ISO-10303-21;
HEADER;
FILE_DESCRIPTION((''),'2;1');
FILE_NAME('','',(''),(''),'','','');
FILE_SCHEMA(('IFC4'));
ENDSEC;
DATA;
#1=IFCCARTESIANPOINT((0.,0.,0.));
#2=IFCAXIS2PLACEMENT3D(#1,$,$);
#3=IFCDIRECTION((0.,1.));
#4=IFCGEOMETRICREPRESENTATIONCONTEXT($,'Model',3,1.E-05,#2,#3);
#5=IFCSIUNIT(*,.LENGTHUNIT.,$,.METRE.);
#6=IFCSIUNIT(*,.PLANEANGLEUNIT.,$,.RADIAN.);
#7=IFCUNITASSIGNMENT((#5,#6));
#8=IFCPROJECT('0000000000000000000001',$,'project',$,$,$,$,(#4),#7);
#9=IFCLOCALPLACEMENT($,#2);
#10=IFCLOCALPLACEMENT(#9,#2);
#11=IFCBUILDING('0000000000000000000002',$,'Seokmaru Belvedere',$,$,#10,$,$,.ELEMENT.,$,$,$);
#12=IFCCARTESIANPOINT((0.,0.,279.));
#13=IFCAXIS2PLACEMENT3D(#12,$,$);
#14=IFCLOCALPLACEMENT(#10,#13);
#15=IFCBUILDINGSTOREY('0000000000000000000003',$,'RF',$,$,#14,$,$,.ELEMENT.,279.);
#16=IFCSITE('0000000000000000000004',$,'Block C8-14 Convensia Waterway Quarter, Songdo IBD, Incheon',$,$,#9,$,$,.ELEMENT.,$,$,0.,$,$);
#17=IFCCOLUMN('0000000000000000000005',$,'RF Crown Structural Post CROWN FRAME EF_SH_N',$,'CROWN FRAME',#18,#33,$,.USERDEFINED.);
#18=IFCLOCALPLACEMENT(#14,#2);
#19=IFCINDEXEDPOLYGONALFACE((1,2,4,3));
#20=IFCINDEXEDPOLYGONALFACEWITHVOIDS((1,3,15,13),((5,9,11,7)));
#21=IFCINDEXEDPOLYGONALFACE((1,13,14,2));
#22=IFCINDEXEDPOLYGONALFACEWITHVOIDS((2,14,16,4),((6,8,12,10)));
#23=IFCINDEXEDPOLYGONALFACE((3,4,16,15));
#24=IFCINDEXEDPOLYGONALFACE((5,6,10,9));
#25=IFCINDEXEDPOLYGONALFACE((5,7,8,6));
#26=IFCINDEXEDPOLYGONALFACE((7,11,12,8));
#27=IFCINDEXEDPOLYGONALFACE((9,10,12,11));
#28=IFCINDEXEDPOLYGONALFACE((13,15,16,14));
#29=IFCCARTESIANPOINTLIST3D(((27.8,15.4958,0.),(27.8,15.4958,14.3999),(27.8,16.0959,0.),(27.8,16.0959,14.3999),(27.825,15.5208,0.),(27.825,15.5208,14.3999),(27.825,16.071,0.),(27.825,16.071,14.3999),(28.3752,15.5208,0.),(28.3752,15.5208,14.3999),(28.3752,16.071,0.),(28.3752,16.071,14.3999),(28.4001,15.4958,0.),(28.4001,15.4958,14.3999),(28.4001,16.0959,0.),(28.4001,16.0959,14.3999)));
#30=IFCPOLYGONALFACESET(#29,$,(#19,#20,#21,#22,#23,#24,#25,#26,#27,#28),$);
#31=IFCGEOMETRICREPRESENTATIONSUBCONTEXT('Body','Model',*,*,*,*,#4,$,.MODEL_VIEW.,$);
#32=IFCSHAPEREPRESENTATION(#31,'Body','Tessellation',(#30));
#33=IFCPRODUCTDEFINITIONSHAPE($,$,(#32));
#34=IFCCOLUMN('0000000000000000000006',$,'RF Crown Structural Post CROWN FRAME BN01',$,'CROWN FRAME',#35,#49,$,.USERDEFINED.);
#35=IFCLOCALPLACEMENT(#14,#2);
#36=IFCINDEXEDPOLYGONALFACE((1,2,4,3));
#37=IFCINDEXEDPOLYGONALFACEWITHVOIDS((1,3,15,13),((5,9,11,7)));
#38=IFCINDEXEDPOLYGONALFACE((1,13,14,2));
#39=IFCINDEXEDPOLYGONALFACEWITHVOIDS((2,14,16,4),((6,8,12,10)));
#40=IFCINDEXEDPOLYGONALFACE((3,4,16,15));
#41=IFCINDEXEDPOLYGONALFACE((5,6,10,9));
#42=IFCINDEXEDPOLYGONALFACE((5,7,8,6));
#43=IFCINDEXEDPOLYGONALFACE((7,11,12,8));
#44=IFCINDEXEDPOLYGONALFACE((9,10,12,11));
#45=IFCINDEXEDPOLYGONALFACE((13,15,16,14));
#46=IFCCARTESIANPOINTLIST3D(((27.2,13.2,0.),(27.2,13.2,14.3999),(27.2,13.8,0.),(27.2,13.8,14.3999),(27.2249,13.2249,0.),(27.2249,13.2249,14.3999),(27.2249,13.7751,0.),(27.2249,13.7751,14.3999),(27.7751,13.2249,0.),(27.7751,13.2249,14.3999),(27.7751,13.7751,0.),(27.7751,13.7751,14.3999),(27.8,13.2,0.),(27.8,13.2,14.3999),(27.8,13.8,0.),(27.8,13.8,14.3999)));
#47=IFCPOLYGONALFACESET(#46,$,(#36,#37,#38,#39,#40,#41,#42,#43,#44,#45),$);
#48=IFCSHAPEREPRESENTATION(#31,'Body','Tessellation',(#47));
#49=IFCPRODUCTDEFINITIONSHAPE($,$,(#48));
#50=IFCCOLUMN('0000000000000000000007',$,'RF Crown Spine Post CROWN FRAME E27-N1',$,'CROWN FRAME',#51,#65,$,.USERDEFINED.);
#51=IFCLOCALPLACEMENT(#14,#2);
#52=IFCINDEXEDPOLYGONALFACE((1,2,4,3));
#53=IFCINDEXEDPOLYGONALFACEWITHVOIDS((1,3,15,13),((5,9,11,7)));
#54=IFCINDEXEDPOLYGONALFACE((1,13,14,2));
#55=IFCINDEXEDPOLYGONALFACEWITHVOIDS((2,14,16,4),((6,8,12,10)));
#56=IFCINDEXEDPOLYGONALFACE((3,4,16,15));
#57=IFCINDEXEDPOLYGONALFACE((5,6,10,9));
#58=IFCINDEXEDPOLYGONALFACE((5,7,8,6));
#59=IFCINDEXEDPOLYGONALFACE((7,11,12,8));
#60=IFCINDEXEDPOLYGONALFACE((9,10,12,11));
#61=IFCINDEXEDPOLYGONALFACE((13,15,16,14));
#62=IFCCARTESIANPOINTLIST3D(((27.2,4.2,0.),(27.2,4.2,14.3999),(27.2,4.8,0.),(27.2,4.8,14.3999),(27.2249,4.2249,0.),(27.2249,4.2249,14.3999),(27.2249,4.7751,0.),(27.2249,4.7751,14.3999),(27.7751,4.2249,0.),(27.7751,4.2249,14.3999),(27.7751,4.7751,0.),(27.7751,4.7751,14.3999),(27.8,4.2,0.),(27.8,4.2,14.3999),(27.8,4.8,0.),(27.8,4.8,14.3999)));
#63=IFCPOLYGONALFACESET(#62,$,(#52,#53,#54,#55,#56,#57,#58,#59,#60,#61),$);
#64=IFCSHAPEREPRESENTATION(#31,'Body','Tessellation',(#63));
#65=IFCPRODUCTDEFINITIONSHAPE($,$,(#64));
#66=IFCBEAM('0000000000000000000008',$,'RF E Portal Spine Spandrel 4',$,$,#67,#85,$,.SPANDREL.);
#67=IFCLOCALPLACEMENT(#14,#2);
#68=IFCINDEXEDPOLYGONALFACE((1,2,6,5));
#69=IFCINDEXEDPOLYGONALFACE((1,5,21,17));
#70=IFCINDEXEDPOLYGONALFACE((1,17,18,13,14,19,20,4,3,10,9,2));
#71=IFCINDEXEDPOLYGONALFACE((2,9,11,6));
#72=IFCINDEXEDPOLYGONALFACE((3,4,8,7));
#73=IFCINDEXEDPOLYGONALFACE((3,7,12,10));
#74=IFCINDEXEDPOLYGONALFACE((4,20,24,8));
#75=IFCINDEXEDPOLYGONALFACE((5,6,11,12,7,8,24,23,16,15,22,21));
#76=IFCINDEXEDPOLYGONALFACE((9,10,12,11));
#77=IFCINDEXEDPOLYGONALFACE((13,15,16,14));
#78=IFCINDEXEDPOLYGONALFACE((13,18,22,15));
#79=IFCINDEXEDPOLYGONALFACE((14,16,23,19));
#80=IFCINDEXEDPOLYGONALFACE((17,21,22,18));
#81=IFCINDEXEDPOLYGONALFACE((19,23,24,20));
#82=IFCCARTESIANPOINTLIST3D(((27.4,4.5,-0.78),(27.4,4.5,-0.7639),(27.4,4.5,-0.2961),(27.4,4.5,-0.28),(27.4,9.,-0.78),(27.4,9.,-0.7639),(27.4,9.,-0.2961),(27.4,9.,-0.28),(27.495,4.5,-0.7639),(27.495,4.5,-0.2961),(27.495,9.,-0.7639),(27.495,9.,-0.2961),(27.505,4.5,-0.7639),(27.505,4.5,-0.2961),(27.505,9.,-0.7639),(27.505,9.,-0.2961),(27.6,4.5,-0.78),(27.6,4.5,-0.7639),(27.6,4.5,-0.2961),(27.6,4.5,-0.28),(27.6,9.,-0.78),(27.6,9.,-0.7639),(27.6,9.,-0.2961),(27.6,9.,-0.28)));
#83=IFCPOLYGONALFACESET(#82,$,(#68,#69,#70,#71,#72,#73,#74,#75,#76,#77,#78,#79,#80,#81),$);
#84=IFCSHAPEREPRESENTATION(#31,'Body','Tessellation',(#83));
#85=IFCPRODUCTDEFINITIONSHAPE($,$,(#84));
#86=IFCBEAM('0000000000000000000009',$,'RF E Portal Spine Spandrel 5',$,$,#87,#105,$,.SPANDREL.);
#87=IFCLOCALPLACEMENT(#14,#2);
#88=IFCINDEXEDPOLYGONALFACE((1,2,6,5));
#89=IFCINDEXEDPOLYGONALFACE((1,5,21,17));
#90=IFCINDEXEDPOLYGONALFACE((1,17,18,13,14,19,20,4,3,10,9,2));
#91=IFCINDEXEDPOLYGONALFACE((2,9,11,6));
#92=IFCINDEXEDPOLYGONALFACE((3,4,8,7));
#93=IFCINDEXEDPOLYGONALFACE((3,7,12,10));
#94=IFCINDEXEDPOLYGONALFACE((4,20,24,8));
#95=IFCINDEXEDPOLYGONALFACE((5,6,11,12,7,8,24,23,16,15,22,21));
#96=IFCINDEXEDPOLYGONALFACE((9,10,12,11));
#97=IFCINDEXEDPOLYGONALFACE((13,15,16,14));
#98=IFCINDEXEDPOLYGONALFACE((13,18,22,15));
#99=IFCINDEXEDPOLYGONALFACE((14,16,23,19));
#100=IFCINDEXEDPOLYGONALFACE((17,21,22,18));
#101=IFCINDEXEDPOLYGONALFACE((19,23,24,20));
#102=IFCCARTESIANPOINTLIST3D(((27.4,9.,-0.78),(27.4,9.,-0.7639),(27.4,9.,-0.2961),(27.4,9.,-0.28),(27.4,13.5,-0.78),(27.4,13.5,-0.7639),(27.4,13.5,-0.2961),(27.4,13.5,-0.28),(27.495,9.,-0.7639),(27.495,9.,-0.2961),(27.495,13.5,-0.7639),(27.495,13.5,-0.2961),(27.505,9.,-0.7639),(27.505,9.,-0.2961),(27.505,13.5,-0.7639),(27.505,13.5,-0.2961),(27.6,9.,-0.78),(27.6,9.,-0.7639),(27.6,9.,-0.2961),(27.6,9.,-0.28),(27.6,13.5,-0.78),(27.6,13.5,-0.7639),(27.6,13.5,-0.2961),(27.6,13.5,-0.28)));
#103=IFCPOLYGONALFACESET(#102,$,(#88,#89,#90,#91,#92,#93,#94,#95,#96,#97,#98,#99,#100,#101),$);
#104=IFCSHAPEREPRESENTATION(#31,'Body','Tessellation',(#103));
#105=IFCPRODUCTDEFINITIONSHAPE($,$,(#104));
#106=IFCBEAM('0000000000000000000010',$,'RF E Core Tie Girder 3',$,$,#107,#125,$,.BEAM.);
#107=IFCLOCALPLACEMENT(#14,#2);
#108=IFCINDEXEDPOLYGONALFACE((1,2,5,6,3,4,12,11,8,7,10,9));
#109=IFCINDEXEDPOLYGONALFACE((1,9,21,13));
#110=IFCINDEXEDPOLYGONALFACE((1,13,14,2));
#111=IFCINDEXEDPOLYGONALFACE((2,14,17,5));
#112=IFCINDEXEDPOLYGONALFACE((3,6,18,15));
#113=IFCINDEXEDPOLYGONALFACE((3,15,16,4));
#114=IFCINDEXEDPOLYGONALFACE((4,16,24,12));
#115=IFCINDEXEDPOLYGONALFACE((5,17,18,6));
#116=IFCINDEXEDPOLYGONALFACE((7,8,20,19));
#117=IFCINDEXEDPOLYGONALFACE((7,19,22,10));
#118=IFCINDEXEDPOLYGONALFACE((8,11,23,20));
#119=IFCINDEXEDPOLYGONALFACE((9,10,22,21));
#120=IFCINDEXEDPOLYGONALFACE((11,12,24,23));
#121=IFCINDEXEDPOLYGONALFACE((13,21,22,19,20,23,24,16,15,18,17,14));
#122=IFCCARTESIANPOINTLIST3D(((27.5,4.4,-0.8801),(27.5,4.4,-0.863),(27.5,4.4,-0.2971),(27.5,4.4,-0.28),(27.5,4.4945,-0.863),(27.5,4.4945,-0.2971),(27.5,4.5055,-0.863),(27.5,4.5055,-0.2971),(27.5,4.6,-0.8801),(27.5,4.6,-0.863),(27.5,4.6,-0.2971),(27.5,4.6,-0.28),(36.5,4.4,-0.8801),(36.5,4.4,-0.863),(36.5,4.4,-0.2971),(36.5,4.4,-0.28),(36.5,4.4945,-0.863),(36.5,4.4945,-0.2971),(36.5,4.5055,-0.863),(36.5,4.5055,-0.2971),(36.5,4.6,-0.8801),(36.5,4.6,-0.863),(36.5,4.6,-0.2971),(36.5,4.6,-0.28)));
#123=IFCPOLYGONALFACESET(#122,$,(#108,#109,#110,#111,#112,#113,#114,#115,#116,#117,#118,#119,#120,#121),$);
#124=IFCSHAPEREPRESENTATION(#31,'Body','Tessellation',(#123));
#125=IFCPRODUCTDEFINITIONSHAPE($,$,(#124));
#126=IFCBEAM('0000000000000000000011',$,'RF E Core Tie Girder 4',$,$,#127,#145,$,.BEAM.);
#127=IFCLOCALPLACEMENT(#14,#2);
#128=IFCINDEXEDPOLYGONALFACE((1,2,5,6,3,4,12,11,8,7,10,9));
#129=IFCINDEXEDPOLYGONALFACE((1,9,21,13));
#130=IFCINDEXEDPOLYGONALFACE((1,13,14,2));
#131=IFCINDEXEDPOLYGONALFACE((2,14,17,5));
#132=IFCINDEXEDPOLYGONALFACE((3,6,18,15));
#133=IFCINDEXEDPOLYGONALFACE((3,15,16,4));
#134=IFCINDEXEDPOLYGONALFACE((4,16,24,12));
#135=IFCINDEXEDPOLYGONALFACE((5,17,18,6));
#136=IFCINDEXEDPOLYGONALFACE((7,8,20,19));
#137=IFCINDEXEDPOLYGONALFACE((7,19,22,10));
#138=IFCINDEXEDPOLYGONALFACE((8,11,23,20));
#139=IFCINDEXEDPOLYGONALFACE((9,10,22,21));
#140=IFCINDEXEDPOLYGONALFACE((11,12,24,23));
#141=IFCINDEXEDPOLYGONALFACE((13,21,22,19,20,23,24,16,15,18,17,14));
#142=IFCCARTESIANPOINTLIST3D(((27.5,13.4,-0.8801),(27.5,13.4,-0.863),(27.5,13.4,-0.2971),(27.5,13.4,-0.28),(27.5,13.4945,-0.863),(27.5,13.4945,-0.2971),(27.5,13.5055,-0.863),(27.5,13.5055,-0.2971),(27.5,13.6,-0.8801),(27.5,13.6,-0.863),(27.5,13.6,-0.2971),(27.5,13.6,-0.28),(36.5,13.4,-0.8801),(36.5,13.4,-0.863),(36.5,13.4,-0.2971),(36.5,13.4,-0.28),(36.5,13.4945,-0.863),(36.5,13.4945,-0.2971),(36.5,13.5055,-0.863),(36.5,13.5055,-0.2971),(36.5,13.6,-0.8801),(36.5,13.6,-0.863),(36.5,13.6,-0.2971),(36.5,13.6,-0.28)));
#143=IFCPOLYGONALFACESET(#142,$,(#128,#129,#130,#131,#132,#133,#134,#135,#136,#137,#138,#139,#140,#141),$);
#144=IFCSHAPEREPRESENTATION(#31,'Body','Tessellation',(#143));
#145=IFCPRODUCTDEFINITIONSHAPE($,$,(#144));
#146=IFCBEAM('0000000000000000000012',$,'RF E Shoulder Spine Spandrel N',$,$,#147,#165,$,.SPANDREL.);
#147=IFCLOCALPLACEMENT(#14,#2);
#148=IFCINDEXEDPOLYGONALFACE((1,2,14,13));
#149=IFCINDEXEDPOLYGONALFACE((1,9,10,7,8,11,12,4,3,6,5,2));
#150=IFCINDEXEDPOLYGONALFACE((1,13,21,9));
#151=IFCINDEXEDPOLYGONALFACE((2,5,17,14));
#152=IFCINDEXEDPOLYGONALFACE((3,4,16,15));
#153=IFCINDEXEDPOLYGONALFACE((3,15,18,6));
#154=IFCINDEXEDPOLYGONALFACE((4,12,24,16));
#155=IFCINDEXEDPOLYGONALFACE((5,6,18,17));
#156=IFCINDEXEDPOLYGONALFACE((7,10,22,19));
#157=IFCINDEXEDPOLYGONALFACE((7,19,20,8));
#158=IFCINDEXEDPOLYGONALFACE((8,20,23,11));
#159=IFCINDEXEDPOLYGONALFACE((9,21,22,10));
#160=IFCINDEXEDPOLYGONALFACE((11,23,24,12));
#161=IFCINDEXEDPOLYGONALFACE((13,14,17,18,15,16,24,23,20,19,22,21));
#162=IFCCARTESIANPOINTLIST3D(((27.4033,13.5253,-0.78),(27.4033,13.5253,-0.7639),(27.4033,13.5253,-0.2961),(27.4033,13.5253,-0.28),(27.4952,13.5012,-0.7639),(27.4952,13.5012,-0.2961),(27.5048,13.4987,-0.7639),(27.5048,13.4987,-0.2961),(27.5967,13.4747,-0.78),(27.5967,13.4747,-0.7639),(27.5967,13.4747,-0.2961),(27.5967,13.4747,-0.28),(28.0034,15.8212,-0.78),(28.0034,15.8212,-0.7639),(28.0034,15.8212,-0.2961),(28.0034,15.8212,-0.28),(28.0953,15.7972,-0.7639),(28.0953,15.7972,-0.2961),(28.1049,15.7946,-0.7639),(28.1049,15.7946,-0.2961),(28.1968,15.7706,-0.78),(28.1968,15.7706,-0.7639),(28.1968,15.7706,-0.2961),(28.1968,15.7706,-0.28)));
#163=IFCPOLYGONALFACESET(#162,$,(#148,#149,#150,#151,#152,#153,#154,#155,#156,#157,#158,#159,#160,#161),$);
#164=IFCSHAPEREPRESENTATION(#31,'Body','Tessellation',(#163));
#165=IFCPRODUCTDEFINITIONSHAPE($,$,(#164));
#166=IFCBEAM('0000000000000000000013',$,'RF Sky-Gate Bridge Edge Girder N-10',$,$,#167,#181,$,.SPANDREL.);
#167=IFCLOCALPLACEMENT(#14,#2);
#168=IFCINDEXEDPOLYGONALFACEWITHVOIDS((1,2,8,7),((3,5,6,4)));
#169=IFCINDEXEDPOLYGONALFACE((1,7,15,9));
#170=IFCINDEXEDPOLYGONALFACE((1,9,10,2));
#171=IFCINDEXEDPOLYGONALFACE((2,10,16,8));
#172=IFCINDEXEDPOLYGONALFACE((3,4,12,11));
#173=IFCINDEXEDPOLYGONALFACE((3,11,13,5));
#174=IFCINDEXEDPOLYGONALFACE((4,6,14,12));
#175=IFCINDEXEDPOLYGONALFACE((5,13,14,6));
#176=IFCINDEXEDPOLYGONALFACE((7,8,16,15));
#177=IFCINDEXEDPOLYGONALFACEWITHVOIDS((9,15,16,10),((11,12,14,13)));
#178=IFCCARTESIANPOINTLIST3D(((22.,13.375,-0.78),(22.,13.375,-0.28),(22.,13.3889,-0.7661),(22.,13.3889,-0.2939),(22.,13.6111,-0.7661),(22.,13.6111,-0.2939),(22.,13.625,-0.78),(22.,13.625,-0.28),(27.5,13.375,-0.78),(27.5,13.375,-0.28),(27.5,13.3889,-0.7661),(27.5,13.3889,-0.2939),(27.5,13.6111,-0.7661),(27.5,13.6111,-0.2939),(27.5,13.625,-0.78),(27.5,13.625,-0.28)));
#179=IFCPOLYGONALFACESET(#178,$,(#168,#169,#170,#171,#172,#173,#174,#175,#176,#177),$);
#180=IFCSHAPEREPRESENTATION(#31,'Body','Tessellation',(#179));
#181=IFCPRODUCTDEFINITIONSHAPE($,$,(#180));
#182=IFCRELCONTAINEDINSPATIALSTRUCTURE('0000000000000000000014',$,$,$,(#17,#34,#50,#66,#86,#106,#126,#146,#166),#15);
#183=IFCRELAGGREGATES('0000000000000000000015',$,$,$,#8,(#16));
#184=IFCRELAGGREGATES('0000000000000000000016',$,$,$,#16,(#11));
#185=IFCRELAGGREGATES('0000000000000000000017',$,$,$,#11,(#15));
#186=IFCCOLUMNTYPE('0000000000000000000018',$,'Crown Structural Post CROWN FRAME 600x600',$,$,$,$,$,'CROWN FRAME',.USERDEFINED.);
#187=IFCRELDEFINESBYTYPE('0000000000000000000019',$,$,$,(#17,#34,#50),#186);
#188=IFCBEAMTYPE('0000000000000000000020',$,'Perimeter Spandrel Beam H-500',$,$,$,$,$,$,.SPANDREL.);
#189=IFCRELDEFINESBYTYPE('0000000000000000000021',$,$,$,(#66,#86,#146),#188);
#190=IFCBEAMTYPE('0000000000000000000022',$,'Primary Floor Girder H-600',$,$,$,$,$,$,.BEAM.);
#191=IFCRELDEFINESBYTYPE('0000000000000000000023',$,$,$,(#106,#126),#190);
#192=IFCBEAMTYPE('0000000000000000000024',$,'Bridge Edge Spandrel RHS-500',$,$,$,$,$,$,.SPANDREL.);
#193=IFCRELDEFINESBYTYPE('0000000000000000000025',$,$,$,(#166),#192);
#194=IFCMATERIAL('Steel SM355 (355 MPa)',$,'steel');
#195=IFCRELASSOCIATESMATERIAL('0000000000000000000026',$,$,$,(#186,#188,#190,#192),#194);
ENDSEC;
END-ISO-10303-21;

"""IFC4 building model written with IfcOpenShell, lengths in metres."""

from ifc_helpers import new_model, si_unit, direction, frame, origin, origin_2d, place, context, subcontext, project, spatial, hollow_rectangle, i_section, extrude, source, transform, mapped, material, material_profile, profile_set, type_object, type_shapes, element, save


model = new_model("IFC4")

# Units and contexts
model_context = context("Model", 3, precision=1e-05, world=origin(), true_north=direction((0.0, 1.0)))
body_context = subcontext(model_context, "Body", "Model", "MODEL_VIEW")
ifc_project = project(units=[si_unit("LENGTHUNIT", "METRE"), si_unit("PLANEANGLEUNIT", "RADIAN")], contexts=[model_context])

# Site, building, storey
site_placement = place(None, origin())
site = spatial("IfcSite", under=ifc_project, at=site_placement, Name="Block C8-14 Convensia Waterway Quarter, Songdo IBD, Incheon", CompositionType="ELEMENT", RefElevation=0.0)
building_placement = place(site_placement, origin())
building = spatial("IfcBuilding", under=site, at=building_placement, Name="Seokmaru Belvedere", CompositionType="ELEMENT")
storey_placement = place(building_placement, frame((0.0, 0.0, 279.0)))
storey = spatial("IfcBuildingStorey", under=building, at=storey_placement, Name="RF", CompositionType="ELEMENT", Elevation=279.0)

# Columns
ifc_material_1 = material(Name="Steel SM355 (355 MPa)", Category="steel")
ifc_material_profile_1 = material_profile(ifc_material_1, hollow_rectangle(XDim=0.6001, YDim=0.6001, WallThickness=0.0249, at=origin_2d()), Name="HSS-600x600x25")
ifc_profile_set_1 = profile_set([ifc_material_profile_1], Name="Steel SM355 (355 MPa)")
column_type = type_object("IfcColumnType", Name="Crown Structural Post CROWN FRAME 600x600", ElementType="CROWN FRAME", PredefinedType="USERDEFINED", material=ifc_profile_set_1)
shared_shape_1 = source(origin(), body_context, "Body", "SweptSolid", [
    extrude(hollow_rectangle(XDim=0.6001, YDim=0.6001, WallThickness=0.0249, at=origin_2d()), origin(), (0.0, 0.0, 1.0), 14.3999),
])
type_shapes(column_type, [shared_shape_1])
for number, where, z_axis, x_axis, name in (
    (1, (28.1001, 15.7959, 0.0), (0.0, 0.0, 1.0), (1.0, 0.0, 0.0), "RF Crown Structural Post CROWN FRAME EF_SH_N"),
    (2, (27.5, 13.5, 0.0), (0.0, 0.0, 1.0), (1.0, 0.0, 0.0), "RF Crown Structural Post CROWN FRAME BN01"),
    (3, (27.5, 4.5, 0.0), (0.0, 0.0, 1.0), (1.0, 0.0, 0.0), "RF Crown Spine Post CROWN FRAME E27-N1"),
):
    element("IfcColumn", number, at=place(storey_placement, frame(where, z_axis=z_axis, x_axis=x_axis)), inside=storey, type_object=column_type, Name=name, ObjectType="CROWN FRAME", PredefinedType="USERDEFINED", context=body_context, shape_type="MappedRepresentation", body=[
        mapped(shared_shape_1, transform((0.0, 0.0, 0.0), scale=1.0)),
    ])

# Beams
ifc_material_profile_2 = material_profile(ifc_material_1, i_section(OverallWidth=0.2, OverallDepth=0.5, WebThickness=0.01, FlangeThickness=0.0161, at=origin_2d()), Name="H-500x200x10x16")
ifc_profile_set_2 = profile_set([ifc_material_profile_2], Name="Steel SM355 (355 MPa)")
beam_type_1 = type_object("IfcBeamType", Name="Perimeter Spandrel Beam H-500", PredefinedType="SPANDREL", material=ifc_profile_set_2)
shared_shape_2 = source(origin(), body_context, "Body", "SweptSolid", [
    extrude(i_section(OverallWidth=0.2, OverallDepth=0.5, WebThickness=0.01, FlangeThickness=0.0161, at=origin_2d()), origin(), (0.0, 0.0, 1.0), 4.5),
])
for number, where, z_axis, x_axis, name in (
    (4, (27.5, 4.5, -0.53), (0.0, 1.0, 0.0), (-1.0, 0.0, 0.0), "RF E Portal Spine Spandrel 4"),
    (5, (27.5, 9.0, -0.53), (0.0, 1.0, 0.0), (-1.0, 0.0, 0.0), "RF E Portal Spine Spandrel 5"),
):
    element("IfcBeam", number, at=place(storey_placement, frame(where, z_axis=z_axis, x_axis=x_axis)), inside=storey, type_object=beam_type_1, Name=name, PredefinedType="SPANDREL", context=body_context, shape_type="MappedRepresentation", body=[
        mapped(shared_shape_2, transform((0.0, 0.0, 0.0), scale=1.0)),
    ])
ifc_material_profile_3 = material_profile(ifc_material_1, i_section(OverallWidth=0.2, OverallDepth=0.6001, WebThickness=0.011, FlangeThickness=0.0171, at=origin_2d()), Name="H-600x200x11x17")
ifc_profile_set_3 = profile_set([ifc_material_profile_3], Name="Steel SM355 (355 MPa)")
beam_type_2 = type_object("IfcBeamType", Name="Primary Floor Girder H-600", PredefinedType="BEAM", material=ifc_profile_set_3)
shared_shape_3 = source(origin(), body_context, "Body", "SweptSolid", [
    extrude(i_section(OverallWidth=0.2, OverallDepth=0.6001, WebThickness=0.011, FlangeThickness=0.0171, at=origin_2d()), origin(), (0.0, 0.0, 1.0), 9.0),
])
type_shapes(beam_type_2, [shared_shape_3])
for number, where, z_axis, x_axis, name in (
    (6, (27.5, 4.5, -0.5801), (1.0, 0.0, 0.0), (0.0, 1.0, 0.0), "RF E Core Tie Girder 3"),
    (7, (27.5, 13.5, -0.5801), (1.0, 0.0, 0.0), (0.0, 1.0, 0.0), "RF E Core Tie Girder 4"),
):
    element("IfcBeam", number, at=place(storey_placement, frame(where, z_axis=z_axis, x_axis=x_axis)), inside=storey, type_object=beam_type_2, Name=name, PredefinedType="BEAM", context=body_context, shape_type="MappedRepresentation", body=[
        mapped(shared_shape_3, transform((0.0, 0.0, 0.0), scale=1.0)),
    ])
shared_shape_4 = source(origin(), body_context, "Body", "SweptSolid", [
    extrude(i_section(OverallWidth=0.2, OverallDepth=0.5, WebThickness=0.01, FlangeThickness=0.0161, at=origin_2d()), origin(), (0.0, 0.0, 1.0), 2.373),
])
type_shapes(beam_type_1, [shared_shape_2, shared_shape_4])
beam_1_placement = place(storey_placement, frame((28.1001, 15.7959, -0.53), z_axis=(-0.252883, -0.967497, 0.0), x_axis=(0.967497, -0.252883, 0.0)))
element("IfcBeam", 8, at=beam_1_placement, inside=storey, type_object=beam_type_1, Name="RF E Shoulder Spine Spandrel N", PredefinedType="SPANDREL", context=body_context, shape_type="MappedRepresentation", body=[
    mapped(shared_shape_4, transform((0.0, 0.0, 0.0), scale=1.0)),
])
ifc_material_profile_4 = material_profile(ifc_material_1, hollow_rectangle(XDim=0.25, YDim=0.5, WallThickness=0.0139, at=origin_2d()), Name="RHS-500x250x14")
ifc_profile_set_4 = profile_set([ifc_material_profile_4], Name="Steel SM355 (355 MPa)")
beam_type_3 = type_object("IfcBeamType", Name="Bridge Edge Spandrel RHS-500", PredefinedType="SPANDREL", material=ifc_profile_set_4)
shared_shape_5 = source(origin(), body_context, "Body", "SweptSolid", [
    extrude(hollow_rectangle(XDim=0.25, YDim=0.5, WallThickness=0.0139, at=origin_2d()), origin(), (0.0, 0.0, 1.0), 5.5),
])
type_shapes(beam_type_3, [shared_shape_5])
beam_2_placement = place(storey_placement, frame((22.0, 13.5, -0.53), z_axis=(1.0, 0.0, 0.0), x_axis=(0.0, 1.0, 0.0)))
element("IfcBeam", 9, at=beam_2_placement, inside=storey, type_object=beam_type_3, Name="RF Sky-Gate Bridge Edge Girder N-10", PredefinedType="SPANDREL", context=body_context, shape_type="MappedRepresentation", body=[
    mapped(shared_shape_5, transform((0.0, 0.0, 0.0), scale=1.0)),
])

save(model, "model.ifc")
